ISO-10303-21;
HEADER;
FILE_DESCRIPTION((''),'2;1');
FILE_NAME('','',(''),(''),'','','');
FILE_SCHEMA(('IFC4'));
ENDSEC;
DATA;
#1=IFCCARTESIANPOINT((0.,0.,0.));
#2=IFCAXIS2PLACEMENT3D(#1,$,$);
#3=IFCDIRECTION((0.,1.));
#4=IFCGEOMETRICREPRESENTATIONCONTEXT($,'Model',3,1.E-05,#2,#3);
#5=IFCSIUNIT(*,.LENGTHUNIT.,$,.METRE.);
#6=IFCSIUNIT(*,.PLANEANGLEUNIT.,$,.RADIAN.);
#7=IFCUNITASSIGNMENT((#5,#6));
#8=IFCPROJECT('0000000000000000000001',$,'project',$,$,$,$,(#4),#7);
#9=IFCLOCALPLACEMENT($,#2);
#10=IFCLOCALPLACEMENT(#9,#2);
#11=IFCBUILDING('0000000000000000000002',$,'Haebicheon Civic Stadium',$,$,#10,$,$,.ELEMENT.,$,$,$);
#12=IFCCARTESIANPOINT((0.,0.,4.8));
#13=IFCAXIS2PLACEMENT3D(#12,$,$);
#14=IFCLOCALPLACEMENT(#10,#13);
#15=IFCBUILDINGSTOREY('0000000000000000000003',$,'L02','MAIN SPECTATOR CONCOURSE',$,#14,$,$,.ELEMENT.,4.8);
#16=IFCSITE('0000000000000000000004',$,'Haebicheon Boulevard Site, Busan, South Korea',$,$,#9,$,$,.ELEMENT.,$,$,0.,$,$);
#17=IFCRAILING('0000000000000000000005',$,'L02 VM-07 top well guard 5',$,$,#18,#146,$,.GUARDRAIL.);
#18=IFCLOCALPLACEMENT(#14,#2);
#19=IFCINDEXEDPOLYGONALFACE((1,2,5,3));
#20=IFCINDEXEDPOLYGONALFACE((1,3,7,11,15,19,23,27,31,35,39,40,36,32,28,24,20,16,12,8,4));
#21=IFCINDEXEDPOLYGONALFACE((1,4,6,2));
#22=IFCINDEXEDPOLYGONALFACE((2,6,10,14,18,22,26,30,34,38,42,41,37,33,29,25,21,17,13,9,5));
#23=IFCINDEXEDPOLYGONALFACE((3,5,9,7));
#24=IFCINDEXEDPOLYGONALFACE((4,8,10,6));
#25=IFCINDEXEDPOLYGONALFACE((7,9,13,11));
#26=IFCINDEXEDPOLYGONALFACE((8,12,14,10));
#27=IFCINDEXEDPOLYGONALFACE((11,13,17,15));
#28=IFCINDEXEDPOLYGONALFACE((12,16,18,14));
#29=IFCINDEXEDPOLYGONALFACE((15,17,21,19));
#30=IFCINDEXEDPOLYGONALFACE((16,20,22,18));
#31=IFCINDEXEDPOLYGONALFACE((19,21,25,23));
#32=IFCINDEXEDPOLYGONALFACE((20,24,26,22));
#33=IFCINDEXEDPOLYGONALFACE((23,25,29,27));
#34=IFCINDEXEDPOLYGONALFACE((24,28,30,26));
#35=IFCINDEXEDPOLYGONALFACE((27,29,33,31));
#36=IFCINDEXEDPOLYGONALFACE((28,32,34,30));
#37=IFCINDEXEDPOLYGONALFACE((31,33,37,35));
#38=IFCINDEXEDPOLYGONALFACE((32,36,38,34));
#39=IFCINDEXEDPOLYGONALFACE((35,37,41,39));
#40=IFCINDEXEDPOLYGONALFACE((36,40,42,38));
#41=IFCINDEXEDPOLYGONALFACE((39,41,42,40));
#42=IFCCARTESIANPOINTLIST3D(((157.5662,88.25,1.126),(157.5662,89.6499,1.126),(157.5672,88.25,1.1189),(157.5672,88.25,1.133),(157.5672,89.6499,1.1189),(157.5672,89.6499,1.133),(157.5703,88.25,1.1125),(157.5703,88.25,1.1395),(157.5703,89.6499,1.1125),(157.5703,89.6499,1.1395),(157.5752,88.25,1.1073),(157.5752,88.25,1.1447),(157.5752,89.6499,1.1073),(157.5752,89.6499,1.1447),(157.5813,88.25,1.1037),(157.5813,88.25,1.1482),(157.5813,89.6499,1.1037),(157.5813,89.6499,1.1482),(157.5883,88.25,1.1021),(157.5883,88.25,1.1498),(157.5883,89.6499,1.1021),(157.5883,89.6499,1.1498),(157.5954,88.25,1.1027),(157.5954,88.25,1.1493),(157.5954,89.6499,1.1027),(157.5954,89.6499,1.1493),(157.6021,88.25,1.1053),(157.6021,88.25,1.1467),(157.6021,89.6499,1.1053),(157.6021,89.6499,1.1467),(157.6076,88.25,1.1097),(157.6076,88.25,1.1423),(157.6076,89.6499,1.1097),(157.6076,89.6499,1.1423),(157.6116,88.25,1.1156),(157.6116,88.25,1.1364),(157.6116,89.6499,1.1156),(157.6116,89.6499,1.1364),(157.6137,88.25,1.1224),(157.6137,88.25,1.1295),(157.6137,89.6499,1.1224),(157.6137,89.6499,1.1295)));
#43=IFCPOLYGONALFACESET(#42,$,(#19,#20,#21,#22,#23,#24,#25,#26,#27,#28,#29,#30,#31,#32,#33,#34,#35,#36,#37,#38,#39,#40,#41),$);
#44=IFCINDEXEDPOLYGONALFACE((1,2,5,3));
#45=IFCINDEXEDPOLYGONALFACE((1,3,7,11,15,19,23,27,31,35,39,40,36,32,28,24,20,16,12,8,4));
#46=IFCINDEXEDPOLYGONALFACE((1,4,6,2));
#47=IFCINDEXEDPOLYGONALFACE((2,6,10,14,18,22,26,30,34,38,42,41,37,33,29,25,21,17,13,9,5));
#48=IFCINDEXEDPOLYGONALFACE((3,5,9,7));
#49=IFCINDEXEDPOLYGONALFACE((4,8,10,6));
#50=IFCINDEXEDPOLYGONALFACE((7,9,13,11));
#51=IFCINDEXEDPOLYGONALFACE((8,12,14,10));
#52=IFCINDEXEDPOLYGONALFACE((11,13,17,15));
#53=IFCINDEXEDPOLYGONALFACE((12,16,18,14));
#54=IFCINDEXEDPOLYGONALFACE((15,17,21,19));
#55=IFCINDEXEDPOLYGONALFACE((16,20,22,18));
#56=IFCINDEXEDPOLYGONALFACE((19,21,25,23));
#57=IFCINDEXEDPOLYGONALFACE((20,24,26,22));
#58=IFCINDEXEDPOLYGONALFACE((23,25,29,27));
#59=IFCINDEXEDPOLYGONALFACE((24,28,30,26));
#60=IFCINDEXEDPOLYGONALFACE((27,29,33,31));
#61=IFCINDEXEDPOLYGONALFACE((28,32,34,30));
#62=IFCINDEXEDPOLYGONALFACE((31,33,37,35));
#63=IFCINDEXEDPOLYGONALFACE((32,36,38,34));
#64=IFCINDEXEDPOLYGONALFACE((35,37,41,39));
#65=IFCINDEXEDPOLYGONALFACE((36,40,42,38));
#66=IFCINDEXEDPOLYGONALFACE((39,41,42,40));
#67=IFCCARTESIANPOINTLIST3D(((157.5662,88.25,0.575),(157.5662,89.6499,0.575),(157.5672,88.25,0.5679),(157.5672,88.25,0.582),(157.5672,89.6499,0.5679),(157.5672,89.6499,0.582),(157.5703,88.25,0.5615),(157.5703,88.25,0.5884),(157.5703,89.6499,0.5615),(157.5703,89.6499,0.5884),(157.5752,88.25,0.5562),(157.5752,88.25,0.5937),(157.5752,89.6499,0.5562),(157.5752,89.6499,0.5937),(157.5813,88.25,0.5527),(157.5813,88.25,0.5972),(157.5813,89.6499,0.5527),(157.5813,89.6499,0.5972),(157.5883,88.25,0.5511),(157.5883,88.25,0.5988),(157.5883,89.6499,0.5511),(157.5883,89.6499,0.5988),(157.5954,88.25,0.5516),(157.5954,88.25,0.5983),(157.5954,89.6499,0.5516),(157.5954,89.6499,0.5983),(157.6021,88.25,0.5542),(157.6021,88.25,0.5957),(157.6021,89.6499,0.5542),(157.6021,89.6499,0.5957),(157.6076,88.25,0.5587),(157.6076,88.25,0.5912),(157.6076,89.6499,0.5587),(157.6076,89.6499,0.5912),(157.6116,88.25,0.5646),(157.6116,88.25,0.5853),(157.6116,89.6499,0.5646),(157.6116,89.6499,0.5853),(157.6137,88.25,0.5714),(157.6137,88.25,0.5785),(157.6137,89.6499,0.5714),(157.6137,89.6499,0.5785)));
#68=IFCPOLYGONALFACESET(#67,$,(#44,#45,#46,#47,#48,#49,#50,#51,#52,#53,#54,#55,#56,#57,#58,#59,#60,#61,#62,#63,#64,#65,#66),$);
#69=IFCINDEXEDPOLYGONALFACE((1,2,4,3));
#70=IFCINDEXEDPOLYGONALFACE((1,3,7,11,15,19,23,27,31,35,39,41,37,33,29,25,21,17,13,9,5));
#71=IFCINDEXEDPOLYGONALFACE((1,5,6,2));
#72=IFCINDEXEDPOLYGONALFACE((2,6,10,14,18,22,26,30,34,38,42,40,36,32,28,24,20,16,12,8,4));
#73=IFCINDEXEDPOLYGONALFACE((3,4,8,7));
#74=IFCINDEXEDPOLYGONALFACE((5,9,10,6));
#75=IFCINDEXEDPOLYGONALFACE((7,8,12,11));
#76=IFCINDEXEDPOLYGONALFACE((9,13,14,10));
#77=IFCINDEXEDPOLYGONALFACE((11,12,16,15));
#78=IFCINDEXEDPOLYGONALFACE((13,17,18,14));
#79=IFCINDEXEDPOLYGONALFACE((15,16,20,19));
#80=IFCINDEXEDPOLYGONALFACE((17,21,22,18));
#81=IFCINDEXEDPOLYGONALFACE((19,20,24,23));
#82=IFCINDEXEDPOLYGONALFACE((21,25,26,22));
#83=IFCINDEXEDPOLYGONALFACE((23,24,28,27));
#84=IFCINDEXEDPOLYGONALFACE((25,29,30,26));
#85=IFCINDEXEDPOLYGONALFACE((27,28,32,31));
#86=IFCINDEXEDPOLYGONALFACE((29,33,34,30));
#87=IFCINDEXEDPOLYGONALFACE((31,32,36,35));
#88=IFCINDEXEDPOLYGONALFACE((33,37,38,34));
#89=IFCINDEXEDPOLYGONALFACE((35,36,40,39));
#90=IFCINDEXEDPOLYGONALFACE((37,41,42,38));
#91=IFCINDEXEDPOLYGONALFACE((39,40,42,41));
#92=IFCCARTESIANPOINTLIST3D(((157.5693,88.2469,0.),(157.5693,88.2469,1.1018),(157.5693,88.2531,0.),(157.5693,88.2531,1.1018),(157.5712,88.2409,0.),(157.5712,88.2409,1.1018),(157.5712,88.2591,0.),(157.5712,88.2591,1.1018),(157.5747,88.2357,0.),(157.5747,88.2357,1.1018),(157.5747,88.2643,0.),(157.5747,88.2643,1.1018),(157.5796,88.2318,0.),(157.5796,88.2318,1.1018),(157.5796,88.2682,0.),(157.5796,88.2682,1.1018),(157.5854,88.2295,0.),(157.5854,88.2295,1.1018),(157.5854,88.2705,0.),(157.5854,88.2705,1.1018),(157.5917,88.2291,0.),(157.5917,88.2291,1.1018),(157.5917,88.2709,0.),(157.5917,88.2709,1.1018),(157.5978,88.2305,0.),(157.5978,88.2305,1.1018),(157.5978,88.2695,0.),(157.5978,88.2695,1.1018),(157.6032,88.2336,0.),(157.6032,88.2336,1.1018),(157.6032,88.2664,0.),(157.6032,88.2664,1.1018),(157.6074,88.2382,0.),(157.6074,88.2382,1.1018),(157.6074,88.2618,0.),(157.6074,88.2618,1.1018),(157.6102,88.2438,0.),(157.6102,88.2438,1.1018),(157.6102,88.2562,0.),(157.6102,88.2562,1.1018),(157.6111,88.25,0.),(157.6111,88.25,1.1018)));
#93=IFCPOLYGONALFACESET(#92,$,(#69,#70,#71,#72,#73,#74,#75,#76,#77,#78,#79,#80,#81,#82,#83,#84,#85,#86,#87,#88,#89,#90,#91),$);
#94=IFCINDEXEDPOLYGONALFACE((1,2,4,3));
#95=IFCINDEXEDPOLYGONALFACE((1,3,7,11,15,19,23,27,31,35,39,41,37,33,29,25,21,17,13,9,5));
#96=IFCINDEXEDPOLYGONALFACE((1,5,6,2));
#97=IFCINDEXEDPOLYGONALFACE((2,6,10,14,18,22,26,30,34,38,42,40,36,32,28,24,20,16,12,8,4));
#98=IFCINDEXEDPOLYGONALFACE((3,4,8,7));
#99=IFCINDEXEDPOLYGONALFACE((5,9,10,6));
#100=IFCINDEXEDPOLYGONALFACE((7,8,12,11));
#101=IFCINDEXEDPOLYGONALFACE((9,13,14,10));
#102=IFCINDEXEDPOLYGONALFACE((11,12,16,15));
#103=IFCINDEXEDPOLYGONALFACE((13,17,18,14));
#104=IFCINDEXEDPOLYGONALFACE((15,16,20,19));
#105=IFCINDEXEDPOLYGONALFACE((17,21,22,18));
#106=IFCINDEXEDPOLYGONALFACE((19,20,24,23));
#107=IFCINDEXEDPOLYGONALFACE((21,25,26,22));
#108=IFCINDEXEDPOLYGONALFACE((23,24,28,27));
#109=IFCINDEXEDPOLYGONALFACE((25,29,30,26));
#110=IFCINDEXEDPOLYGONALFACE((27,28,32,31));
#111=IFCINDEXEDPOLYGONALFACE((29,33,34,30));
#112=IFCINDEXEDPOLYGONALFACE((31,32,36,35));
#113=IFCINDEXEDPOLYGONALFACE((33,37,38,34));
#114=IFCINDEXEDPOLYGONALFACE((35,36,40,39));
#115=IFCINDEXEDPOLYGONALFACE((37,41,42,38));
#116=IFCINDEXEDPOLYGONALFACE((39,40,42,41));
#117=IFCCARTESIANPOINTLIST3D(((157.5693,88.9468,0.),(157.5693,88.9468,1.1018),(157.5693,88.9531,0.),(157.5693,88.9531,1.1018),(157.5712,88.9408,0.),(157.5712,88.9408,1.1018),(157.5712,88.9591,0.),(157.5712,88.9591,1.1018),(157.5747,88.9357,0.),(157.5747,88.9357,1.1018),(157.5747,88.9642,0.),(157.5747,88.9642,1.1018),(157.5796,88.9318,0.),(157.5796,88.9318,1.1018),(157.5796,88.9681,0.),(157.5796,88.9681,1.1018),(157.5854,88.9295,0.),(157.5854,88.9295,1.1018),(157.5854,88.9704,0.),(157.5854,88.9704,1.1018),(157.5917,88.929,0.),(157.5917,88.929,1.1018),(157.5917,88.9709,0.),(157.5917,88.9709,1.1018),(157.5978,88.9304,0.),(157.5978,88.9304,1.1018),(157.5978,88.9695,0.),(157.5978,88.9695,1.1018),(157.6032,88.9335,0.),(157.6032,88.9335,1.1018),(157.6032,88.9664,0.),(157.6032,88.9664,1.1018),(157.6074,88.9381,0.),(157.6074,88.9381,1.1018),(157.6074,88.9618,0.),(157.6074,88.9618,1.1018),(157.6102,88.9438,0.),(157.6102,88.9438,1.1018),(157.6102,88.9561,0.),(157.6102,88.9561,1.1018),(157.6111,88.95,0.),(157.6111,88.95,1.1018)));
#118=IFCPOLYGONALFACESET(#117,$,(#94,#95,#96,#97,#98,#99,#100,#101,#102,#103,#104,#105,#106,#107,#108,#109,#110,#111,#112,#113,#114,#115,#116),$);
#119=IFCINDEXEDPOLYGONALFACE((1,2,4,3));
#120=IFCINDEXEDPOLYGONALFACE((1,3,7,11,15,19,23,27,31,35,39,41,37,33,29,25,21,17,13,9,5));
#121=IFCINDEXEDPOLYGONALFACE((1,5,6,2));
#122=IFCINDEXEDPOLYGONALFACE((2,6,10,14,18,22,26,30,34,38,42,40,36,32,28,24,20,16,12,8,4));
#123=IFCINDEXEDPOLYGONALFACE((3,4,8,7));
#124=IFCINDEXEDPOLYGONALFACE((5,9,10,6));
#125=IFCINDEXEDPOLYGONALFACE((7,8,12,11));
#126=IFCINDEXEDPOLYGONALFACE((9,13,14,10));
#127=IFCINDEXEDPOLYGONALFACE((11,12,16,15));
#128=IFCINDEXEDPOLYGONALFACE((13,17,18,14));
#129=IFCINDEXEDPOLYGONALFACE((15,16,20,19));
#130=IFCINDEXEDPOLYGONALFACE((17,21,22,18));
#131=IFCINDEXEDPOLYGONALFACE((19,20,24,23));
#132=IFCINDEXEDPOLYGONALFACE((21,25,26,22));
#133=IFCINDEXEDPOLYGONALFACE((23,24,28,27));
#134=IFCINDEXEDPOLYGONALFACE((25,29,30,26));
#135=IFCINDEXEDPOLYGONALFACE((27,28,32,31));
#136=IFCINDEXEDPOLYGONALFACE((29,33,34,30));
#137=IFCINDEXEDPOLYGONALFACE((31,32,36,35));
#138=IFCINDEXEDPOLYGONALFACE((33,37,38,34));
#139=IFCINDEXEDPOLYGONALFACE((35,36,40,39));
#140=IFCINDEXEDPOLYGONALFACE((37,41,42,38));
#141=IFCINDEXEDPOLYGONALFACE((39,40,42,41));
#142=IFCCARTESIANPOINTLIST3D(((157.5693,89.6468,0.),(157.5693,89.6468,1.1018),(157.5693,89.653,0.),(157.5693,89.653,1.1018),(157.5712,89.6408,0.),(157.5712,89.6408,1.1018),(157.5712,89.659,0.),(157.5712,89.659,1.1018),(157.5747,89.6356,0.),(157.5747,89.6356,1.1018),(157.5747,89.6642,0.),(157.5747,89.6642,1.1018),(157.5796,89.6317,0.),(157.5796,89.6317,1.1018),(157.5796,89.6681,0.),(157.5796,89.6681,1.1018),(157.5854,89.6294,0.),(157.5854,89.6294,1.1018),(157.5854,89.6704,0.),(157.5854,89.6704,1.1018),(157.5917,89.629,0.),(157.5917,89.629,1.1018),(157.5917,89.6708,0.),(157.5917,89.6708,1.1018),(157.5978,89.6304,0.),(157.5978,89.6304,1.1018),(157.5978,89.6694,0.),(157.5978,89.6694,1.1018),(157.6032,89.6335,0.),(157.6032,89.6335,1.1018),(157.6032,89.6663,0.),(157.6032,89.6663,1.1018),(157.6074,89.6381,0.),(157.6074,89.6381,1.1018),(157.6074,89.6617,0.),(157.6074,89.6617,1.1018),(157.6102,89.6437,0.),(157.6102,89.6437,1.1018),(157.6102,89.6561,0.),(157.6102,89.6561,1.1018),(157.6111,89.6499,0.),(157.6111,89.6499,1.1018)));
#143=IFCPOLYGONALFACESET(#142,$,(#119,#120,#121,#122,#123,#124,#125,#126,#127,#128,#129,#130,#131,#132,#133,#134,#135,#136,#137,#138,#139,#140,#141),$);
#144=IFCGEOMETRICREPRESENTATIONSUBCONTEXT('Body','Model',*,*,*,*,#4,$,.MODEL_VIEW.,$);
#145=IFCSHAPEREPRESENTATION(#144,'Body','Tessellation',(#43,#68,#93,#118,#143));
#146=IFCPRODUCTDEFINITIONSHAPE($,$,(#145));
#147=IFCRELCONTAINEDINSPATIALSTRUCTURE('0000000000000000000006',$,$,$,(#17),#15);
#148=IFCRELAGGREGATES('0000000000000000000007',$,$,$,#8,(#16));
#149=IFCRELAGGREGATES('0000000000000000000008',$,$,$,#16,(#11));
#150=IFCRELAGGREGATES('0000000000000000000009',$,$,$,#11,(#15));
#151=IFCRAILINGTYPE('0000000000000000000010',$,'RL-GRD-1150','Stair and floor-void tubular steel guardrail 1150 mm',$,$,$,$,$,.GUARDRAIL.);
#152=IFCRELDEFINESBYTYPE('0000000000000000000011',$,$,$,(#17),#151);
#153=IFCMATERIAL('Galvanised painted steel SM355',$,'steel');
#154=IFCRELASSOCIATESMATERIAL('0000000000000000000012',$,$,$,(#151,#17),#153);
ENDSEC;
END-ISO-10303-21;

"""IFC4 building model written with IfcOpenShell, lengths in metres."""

from ifc_helpers import new_model, si_unit, direction, frame, origin, origin_2d, place, context, subcontext, project, spatial, circle, extrude, material, type_object, element, save


model = new_model("IFC4")

# Units and contexts
model_context = context("Model", 3, precision=1e-05, world=origin(), true_north=direction((0.0, 1.0)))
body_context = subcontext(model_context, "Body", "Model", "MODEL_VIEW")
ifc_project = project(units=[si_unit("LENGTHUNIT", "METRE"), si_unit("PLANEANGLEUNIT", "RADIAN")], contexts=[model_context])

# Site, building, storey
site_placement = place(None, origin())
site = spatial("IfcSite", under=ifc_project, at=site_placement, Name="Haebicheon Boulevard Site, Busan, South Korea", CompositionType="ELEMENT", RefElevation=0.0)
building_placement = place(site_placement, origin())
building = spatial("IfcBuilding", under=site, at=building_placement, Name="Haebicheon Civic Stadium", CompositionType="ELEMENT")
storey_placement = place(building_placement, frame((0.0, 0.0, 4.8)))
storey = spatial("IfcBuildingStorey", under=building, at=storey_placement, Name="L02", Description="MAIN SPECTATOR CONCOURSE", CompositionType="ELEMENT", Elevation=4.8)

# Railing
ifc_material_1 = material(Name="Galvanised painted steel SM355", Category="steel")
railing_type_1 = type_object("IfcRailingType", Name="RL-GRD-1150", Description="Stair and floor-void tubular steel guardrail 1150 mm", PredefinedType="GUARDRAIL", material=ifc_material_1)
for number, where, name in (
    (1, (157.5901, 88.25, 0.0), "L02 VM-07 top well guard 5"),
):
    element("IfcRailing", number, at=place(storey_placement, frame(where)), inside=storey, type_object=railing_type_1, material=ifc_material_1, Name=name, PredefinedType="GUARDRAIL", context=body_context, shape_type="SweptSolid", body=[
        extrude(circle(Radius=0.0239, at=origin_2d()), frame((0.0, 0.0, 1.126), z_axis=(0.0, 1.0, 0.0), x_axis=(-1.0, 0.0, 0.0)), (0.0, 0.0, 1.0), 1.3999),
        extrude(circle(Radius=0.0239, at=origin_2d()), frame((0.0, 0.0, 0.575), z_axis=(0.0, 1.0, 0.0), x_axis=(-1.0, 0.0, 0.0)), (0.0, 0.0, 1.0), 1.3999),
        extrude(circle(Radius=0.021, at=origin_2d()), origin(), (0.0, 0.0, 1.0), 1.1018),
        extrude(circle(Radius=0.021, at=origin_2d()), frame((0.0, 0.7, 0.0)), (0.0, 0.0, 1.0), 1.1018),
        extrude(circle(Radius=0.021, at=origin_2d()), frame((0.0, 1.3999, 0.0)), (0.0, 0.0, 1.0), 1.1018),
    ])

save(model, "model.ifc")
